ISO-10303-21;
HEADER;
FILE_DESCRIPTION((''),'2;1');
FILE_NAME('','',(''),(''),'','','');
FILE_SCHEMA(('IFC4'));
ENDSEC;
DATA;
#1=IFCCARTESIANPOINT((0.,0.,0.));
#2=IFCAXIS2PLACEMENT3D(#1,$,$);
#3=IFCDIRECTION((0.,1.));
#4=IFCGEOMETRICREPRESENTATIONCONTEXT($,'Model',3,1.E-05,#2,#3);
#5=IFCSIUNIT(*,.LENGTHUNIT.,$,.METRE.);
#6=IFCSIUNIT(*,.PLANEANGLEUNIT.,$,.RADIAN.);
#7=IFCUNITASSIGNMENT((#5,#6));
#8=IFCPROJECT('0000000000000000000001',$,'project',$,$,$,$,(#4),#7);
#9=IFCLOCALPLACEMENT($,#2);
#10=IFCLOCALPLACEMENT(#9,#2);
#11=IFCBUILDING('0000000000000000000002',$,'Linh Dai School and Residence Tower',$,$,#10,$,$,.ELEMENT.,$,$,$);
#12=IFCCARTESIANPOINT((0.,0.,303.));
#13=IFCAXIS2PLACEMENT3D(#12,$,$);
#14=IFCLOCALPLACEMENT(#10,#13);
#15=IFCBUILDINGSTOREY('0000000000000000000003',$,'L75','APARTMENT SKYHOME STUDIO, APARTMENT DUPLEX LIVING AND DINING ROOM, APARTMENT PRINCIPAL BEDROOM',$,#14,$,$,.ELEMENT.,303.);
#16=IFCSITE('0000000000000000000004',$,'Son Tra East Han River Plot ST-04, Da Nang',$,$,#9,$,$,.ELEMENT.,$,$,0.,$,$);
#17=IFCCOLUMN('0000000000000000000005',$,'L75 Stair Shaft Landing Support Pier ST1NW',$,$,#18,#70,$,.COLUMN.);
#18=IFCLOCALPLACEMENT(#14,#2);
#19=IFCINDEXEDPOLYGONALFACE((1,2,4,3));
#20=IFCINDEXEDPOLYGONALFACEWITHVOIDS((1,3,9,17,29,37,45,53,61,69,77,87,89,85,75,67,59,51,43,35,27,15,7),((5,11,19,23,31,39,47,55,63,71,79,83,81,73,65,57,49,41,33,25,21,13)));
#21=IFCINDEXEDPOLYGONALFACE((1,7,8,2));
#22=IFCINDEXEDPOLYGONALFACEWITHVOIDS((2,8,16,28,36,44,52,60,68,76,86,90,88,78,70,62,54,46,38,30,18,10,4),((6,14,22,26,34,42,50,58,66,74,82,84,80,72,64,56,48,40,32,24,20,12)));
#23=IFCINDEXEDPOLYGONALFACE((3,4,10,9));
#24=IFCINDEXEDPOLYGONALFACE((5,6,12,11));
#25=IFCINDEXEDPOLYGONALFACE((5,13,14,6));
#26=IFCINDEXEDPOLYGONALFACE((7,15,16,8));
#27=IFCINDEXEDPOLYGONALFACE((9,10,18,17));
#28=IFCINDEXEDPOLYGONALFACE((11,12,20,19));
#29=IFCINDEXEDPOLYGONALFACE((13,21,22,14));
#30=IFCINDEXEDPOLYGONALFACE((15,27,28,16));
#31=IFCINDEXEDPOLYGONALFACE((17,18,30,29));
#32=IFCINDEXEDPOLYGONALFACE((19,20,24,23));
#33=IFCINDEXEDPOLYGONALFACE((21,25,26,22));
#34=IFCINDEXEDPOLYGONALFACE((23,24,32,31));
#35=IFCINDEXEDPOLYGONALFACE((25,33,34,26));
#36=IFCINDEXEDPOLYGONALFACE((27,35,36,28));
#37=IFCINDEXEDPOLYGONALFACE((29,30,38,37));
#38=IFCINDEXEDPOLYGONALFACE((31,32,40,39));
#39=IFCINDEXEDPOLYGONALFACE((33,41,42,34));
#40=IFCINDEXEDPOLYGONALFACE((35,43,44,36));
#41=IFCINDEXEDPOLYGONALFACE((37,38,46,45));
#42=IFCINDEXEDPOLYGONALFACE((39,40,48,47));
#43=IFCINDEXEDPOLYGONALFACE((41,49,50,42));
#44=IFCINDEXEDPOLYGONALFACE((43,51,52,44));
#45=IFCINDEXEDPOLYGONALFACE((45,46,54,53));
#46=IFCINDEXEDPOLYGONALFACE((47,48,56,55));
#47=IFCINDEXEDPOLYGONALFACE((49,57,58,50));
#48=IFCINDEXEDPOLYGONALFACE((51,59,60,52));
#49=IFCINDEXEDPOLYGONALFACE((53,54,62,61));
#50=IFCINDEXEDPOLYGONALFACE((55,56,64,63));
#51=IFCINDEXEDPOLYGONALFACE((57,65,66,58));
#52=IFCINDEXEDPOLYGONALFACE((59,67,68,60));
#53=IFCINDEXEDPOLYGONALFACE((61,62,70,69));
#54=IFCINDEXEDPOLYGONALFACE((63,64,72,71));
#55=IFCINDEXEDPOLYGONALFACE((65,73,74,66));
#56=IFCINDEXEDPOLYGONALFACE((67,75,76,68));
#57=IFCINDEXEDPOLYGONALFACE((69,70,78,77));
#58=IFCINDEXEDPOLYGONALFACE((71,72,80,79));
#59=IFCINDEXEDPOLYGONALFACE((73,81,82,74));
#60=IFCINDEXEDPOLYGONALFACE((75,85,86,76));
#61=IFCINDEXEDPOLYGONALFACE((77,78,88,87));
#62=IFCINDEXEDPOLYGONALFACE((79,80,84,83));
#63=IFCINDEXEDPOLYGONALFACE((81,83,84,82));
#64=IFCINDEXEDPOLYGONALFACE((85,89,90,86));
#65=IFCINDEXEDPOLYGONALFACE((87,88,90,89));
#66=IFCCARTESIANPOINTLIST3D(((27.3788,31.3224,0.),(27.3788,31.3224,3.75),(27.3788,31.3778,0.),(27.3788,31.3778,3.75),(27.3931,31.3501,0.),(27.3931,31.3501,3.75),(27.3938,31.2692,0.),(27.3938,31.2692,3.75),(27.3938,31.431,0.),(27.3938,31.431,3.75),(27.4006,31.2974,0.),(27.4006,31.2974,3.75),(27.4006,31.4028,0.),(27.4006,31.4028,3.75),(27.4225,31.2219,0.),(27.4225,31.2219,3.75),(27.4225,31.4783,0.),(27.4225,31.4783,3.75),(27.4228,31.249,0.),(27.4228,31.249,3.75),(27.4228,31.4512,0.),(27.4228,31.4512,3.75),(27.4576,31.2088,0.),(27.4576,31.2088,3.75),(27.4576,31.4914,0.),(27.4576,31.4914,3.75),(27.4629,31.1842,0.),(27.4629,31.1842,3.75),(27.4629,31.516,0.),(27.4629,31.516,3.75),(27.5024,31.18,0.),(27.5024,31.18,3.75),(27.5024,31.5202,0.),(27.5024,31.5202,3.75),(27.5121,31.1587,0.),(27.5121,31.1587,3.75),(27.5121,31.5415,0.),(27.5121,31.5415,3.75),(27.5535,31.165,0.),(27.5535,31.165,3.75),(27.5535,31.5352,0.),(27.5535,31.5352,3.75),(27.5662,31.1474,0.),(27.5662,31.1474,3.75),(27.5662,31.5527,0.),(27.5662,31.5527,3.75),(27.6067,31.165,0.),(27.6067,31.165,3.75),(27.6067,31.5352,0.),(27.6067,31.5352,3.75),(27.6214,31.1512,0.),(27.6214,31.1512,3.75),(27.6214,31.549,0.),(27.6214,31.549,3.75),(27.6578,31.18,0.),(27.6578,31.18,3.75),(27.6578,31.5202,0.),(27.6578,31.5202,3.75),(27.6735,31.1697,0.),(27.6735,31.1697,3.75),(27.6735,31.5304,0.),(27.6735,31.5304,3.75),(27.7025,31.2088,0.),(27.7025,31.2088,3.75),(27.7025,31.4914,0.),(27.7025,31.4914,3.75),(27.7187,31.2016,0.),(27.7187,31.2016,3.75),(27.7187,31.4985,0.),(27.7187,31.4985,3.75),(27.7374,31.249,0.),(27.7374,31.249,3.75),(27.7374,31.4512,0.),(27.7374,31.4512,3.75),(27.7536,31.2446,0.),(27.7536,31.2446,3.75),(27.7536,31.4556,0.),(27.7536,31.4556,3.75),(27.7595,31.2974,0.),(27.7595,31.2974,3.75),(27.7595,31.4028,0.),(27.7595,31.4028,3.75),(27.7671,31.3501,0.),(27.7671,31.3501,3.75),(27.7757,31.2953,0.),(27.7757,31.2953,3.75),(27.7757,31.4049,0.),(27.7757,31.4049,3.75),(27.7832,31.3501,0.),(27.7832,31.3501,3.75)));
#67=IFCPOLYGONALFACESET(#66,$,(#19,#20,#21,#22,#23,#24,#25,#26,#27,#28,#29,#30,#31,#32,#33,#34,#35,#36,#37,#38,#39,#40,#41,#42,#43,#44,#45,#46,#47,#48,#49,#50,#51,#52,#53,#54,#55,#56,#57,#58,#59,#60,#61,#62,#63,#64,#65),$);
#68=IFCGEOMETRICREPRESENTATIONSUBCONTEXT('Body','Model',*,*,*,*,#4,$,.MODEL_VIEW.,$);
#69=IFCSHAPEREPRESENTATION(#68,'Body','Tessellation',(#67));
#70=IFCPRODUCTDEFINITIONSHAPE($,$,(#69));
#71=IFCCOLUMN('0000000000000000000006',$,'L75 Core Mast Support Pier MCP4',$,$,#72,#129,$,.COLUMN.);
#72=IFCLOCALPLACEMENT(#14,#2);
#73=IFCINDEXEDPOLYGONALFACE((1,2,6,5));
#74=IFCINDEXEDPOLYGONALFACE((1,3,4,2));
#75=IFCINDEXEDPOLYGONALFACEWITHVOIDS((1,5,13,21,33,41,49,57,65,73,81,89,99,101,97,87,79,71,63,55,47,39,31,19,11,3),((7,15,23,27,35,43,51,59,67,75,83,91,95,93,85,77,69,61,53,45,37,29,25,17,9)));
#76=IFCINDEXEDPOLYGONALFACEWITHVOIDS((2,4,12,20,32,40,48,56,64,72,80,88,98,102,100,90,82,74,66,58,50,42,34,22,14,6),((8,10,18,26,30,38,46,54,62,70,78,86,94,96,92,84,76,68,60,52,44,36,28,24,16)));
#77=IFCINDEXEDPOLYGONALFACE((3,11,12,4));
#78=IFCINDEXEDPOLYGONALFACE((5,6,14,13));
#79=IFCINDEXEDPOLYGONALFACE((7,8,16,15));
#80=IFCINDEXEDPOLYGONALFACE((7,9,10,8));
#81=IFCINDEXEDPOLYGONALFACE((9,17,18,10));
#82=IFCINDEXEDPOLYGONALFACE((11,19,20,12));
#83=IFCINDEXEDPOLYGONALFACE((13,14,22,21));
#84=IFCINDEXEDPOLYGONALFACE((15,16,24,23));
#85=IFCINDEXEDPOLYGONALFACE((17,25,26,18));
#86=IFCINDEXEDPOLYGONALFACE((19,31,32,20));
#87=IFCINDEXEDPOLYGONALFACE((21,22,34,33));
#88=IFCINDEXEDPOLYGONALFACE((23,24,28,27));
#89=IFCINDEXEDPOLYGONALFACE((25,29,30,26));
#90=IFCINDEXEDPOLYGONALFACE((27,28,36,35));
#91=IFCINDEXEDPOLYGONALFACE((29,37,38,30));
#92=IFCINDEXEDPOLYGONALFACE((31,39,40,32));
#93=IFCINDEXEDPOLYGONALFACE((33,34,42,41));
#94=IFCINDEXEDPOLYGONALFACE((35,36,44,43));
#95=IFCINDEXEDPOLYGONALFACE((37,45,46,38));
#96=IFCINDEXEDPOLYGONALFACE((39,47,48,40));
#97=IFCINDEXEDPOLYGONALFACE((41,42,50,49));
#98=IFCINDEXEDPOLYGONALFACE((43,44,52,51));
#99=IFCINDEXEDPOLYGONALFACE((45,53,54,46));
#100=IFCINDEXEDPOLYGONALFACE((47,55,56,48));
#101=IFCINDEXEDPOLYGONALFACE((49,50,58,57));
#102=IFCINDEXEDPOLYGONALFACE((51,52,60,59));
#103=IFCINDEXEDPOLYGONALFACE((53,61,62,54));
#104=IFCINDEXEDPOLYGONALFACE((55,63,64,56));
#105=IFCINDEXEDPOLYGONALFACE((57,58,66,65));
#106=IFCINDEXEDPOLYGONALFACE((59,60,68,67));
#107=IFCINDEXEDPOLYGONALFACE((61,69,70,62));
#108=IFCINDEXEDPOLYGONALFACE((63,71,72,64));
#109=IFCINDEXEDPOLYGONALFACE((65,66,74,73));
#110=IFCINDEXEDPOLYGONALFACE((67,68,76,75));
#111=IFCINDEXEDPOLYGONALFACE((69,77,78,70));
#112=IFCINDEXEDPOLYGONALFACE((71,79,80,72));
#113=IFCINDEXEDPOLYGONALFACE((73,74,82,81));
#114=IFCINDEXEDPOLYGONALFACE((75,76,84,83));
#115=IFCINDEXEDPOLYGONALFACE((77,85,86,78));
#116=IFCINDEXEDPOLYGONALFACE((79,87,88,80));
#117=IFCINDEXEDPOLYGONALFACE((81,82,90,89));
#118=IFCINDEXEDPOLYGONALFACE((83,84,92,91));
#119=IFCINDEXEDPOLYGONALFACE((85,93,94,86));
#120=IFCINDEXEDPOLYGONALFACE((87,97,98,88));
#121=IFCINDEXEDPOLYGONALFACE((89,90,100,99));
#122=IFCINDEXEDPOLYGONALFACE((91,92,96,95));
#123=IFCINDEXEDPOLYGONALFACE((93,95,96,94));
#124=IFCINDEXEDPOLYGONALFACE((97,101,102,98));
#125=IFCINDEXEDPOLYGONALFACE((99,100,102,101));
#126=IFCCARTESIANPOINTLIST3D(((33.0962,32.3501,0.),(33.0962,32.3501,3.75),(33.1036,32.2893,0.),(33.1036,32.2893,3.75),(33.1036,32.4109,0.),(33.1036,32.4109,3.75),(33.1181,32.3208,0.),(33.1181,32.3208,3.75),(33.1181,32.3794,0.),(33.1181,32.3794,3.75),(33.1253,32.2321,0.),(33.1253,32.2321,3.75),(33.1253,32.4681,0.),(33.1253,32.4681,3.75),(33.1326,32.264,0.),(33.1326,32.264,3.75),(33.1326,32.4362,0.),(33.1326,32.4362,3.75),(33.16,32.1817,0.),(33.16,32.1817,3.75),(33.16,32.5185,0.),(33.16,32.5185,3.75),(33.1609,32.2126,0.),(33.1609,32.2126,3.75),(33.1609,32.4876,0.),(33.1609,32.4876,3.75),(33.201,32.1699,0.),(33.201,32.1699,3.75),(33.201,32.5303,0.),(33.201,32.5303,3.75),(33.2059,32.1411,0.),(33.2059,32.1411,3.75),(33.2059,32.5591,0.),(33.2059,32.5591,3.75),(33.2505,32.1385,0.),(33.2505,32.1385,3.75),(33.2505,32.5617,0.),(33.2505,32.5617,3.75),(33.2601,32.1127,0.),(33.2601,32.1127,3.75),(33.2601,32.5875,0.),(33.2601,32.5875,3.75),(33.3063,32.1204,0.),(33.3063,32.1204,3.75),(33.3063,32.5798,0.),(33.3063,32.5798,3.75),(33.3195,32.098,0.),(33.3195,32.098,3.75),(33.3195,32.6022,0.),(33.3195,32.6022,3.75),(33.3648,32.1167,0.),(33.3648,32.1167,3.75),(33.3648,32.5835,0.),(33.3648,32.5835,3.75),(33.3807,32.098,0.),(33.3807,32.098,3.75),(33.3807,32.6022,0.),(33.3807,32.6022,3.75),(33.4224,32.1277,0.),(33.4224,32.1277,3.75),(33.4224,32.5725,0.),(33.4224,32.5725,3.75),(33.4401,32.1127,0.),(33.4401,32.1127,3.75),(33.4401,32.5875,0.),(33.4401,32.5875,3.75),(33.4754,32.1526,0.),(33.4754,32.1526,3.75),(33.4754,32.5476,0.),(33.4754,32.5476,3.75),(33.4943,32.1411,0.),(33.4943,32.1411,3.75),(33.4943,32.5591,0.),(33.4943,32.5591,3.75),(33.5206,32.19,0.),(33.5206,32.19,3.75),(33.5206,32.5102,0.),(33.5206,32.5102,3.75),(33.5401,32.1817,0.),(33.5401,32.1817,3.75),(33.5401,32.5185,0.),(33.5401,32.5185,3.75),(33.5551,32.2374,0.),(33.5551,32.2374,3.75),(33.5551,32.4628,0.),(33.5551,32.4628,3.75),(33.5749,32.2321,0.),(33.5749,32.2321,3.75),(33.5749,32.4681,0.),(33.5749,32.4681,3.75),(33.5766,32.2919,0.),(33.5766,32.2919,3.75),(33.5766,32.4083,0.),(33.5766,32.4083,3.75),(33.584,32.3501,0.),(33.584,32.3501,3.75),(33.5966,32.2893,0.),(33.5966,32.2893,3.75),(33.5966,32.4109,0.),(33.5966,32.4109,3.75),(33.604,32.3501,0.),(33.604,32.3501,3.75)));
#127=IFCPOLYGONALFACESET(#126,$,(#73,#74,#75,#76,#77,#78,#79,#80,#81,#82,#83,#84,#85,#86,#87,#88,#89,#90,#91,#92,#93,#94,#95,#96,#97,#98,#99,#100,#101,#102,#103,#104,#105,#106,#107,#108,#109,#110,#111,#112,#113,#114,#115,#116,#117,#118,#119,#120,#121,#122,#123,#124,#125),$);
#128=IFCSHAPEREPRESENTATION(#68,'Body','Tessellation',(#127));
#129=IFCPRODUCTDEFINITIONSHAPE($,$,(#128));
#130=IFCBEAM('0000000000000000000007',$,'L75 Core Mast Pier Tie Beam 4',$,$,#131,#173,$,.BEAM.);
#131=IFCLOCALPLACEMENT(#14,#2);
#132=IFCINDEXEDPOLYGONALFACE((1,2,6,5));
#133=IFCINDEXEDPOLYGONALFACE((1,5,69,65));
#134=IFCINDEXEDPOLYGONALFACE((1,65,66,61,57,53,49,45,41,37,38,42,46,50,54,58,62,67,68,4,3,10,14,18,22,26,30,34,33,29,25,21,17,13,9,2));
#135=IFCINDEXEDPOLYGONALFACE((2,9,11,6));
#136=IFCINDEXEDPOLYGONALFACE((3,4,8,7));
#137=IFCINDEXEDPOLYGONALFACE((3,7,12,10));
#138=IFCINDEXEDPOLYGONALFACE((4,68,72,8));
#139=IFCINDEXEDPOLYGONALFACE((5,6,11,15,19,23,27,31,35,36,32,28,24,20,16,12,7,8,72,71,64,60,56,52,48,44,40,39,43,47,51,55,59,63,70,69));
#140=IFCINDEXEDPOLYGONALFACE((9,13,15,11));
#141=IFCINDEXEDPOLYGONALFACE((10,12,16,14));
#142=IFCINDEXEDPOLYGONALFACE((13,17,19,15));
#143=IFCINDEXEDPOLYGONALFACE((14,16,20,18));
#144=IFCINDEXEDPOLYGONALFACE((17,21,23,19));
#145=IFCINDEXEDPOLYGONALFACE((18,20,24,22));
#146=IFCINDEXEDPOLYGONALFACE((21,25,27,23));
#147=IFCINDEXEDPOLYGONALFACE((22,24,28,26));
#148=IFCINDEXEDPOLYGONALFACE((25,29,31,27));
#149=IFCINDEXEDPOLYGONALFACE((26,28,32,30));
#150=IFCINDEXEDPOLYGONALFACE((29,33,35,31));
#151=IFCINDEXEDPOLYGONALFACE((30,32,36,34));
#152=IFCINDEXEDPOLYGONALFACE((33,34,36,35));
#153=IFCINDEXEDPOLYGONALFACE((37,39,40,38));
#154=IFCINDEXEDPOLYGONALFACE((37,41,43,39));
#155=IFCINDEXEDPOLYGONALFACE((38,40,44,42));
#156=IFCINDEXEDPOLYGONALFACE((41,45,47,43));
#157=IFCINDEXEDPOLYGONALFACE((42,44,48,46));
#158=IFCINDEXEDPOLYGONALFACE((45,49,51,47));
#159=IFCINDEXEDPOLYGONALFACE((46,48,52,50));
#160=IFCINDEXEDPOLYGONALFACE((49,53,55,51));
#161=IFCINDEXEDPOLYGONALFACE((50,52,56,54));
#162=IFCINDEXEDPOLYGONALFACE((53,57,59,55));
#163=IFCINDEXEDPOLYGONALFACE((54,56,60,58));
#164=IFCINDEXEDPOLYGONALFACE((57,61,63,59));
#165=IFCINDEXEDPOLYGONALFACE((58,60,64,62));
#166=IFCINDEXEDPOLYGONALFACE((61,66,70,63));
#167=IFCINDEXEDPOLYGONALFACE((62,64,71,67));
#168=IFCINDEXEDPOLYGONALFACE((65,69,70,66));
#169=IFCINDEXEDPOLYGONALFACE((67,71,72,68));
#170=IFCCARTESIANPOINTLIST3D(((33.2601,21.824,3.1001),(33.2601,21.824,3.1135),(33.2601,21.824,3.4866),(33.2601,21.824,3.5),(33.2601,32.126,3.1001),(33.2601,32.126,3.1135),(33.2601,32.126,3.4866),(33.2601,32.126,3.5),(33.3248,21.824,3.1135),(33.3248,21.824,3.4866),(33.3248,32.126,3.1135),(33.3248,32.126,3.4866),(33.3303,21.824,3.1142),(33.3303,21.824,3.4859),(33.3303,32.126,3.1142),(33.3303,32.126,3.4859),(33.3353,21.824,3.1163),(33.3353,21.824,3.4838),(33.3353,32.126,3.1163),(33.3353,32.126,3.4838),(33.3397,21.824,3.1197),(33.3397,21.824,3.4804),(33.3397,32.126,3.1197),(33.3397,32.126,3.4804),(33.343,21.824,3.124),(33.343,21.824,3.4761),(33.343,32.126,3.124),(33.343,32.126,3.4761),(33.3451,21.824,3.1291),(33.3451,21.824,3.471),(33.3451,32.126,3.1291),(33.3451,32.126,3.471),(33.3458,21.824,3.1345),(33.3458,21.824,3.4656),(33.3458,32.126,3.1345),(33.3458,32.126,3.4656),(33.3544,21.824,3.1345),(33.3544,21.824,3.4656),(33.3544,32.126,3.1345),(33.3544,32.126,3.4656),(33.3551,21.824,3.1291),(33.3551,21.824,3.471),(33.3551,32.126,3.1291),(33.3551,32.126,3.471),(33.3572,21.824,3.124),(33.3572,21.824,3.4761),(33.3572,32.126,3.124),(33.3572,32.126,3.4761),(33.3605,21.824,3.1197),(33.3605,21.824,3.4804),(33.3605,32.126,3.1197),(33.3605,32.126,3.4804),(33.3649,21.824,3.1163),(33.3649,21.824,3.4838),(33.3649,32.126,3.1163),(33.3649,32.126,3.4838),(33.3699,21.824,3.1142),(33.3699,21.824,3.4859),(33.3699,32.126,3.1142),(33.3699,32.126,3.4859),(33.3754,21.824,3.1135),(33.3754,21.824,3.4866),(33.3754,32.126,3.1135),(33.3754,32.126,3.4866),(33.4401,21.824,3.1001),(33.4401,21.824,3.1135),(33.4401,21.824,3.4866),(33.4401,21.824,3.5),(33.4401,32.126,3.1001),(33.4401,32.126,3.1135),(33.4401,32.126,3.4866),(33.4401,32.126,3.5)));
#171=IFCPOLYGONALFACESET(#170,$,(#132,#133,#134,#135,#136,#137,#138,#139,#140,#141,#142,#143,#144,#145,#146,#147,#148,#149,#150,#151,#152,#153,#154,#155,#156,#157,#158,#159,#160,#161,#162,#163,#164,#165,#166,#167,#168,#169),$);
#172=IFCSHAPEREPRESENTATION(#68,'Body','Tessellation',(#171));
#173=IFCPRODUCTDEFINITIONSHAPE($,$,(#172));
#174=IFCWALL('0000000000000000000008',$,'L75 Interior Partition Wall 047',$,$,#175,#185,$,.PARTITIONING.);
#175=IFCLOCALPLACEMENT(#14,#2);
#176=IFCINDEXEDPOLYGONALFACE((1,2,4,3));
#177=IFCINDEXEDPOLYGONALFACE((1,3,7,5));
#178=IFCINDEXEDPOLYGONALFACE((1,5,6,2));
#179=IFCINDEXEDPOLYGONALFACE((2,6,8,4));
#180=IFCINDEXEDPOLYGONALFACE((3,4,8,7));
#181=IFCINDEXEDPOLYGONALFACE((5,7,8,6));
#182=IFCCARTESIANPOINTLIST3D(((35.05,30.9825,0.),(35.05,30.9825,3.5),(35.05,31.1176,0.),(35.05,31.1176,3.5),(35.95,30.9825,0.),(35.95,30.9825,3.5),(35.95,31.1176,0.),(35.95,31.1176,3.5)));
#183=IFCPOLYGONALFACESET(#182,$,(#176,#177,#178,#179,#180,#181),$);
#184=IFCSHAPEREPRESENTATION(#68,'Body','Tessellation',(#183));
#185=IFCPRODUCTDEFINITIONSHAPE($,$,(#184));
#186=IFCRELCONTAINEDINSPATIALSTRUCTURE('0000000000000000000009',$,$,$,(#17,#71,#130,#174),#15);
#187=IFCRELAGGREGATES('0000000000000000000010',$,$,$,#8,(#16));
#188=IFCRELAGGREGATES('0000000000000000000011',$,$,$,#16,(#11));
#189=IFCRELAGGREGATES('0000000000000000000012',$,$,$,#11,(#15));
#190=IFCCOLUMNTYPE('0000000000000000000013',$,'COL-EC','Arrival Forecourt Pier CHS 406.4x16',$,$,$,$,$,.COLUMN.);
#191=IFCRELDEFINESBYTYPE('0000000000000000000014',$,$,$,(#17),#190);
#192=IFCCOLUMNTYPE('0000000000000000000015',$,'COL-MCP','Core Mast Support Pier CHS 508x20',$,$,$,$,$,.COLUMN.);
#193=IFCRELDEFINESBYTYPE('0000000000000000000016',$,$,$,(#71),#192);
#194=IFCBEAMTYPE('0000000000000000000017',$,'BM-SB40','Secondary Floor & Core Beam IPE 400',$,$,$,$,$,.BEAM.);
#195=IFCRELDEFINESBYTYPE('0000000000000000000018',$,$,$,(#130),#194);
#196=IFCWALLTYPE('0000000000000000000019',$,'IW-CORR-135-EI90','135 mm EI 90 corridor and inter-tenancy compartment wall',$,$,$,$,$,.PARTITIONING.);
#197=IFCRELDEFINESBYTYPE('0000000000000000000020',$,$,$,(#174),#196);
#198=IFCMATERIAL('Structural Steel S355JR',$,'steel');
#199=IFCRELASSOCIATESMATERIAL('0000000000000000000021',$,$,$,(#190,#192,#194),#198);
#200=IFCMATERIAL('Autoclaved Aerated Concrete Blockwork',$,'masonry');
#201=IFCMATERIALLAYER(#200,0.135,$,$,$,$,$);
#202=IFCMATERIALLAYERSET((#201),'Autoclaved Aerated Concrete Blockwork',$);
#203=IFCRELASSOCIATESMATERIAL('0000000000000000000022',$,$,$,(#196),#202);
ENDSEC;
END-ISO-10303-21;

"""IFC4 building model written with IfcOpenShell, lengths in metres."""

from ifc_helpers import new_model, si_unit, direction, frame, frame_2d, origin, origin_2d, place, context, subcontext, project, spatial, rectangle, hollow_circle, i_section, extrude, material, layer, layer_set, material_profile, profile_set, type_object, element, save


model = new_model("IFC4")

# Units and contexts
model_context = context("Model", 3, precision=1e-05, world=origin(), true_north=direction((0.0, 1.0)))
body_context = subcontext(model_context, "Body", "Model", "MODEL_VIEW")
ifc_project = project(units=[si_unit("LENGTHUNIT", "METRE"), si_unit("PLANEANGLEUNIT", "RADIAN")], contexts=[model_context])

# Site, building, storey
site_placement = place(None, origin())
site = spatial("IfcSite", under=ifc_project, at=site_placement, Name="Son Tra East Han River Plot ST-04, Da Nang", CompositionType="ELEMENT", RefElevation=0.0)
building_placement = place(site_placement, origin())
building = spatial("IfcBuilding", under=site, at=building_placement, Name="Linh Dai School and Residence Tower", CompositionType="ELEMENT")
storey_placement = place(building_placement, frame((0.0, 0.0, 303.0)))
storey = spatial("IfcBuildingStorey", under=building, at=storey_placement, Name="L75", Description="APARTMENT SKYHOME STUDIO, APARTMENT DUPLEX LIVING AND DINING ROOM, APARTMENT PRINCIPAL BEDROOM", CompositionType="ELEMENT", Elevation=303.0)

# Columns
ifc_material_1 = material(Name="Structural Steel S355JR", Category="steel")
ifc_material_profile_1 = material_profile(ifc_material_1, hollow_circle(Radius=0.2031, WallThickness=0.0161, at=origin_2d()), Name="CHS 406.4x16")
ifc_profile_set_1 = profile_set([ifc_material_profile_1], Name="Structural Steel S355JR")
column_type_1 = type_object("IfcColumnType", Name="COL-EC", Description="Arrival Forecourt Pier CHS 406.4x16", PredefinedType="COLUMN", material=ifc_profile_set_1)
column_1_placement = place(storey_placement, frame((27.5801, 31.3501, 0.0), z_axis=(0.0, 0.0, 1.0), x_axis=(1.0, 0.0, 0.0)))
element("IfcColumn", 1, at=column_1_placement, inside=storey, type_object=column_type_1, Name="L75 Stair Shaft Landing Support Pier ST1NW", PredefinedType="COLUMN", context=body_context, shape_type="SweptSolid", body=[
    extrude(hollow_circle(Radius=0.2031, WallThickness=0.0161, at=origin_2d()), origin(), (0.0, 0.0, 1.0), 3.75),
])
ifc_material_profile_2 = material_profile(ifc_material_1, hollow_circle(Radius=0.2539, WallThickness=0.02, at=origin_2d()), Name="CHS 508x20")
ifc_profile_set_2 = profile_set([ifc_material_profile_2], Name="Structural Steel S355JR")
column_type_2 = type_object("IfcColumnType", Name="COL-MCP", Description="Core Mast Support Pier CHS 508x20", PredefinedType="COLUMN", material=ifc_profile_set_2)
column_2_placement = place(storey_placement, frame((33.3501, 32.3501, 0.0), z_axis=(0.0, 0.0, 1.0), x_axis=(1.0, 0.0, 0.0)))
element("IfcColumn", 2, at=column_2_placement, inside=storey, type_object=column_type_2, Name="L75 Core Mast Support Pier MCP4", PredefinedType="COLUMN", context=body_context, shape_type="SweptSolid", body=[
    extrude(hollow_circle(Radius=0.2539, WallThickness=0.02, at=origin_2d()), origin(), (0.0, 0.0, 1.0), 3.75),
])

# Beam
ifc_material_profile_3 = material_profile(ifc_material_1, i_section(OverallWidth=0.1799, OverallDepth=0.3999, WebThickness=0.0085, FlangeThickness=0.0134, FilletRadius=0.021, at=origin_2d()), Name="IPE 400")
ifc_profile_set_3 = profile_set([ifc_material_profile_3], Name="Structural Steel S355JR")
beam_type = type_object("IfcBeamType", Name="BM-SB40", Description="Secondary Floor & Core Beam IPE 400", PredefinedType="BEAM", material=ifc_profile_set_3)
beam_placement = place(storey_placement, frame((33.3501, 32.126, 3.3), z_axis=(0.0, -1.0, 0.0), x_axis=(1.0, 0.0, 0.0)))
element("IfcBeam", 3, at=beam_placement, inside=storey, type_object=beam_type, Name="L75 Core Mast Pier Tie Beam 4", PredefinedType="BEAM", context=body_context, shape_type="SweptSolid", body=[
    extrude(i_section(OverallWidth=0.1799, OverallDepth=0.3999, WebThickness=0.0085, FlangeThickness=0.0134, FilletRadius=0.021, at=origin_2d()), origin(), (0.0, 0.0, 1.0), 10.302),
])

# Shared definitions
ifc_material_2 = material(Name="Autoclaved Aerated Concrete Blockwork", Category="masonry")
ifc_layer_1 = layer(ifc_material_2, 0.135)
ifc_layer_set_1 = layer_set([ifc_layer_1], Name="Autoclaved Aerated Concrete Blockwork")
wall_type_1 = type_object("IfcWallType", Name="IW-CORR-135-EI90", Description="135 mm EI 90 corridor and inter-tenancy compartment wall", PredefinedType="PARTITIONING", material=ifc_layer_set_1)

# Wall
wall_1_placement = place(storey_placement, frame((35.05, 31.05, 0.0), z_axis=(0.0, 0.0, 1.0), x_axis=(1.0, 0.0, 0.0)))
element("IfcWall", 4, at=wall_1_placement, inside=storey, type_object=wall_type_1, Name="L75 Interior Partition Wall 047", PredefinedType="PARTITIONING", context=body_context, shape_type="SweptSolid", body=[
    extrude(rectangle(XDim=0.8999, YDim=0.135, at=frame_2d((0.45, 0.0))), origin(), (0.0, 0.0, 1.0), 3.5),
])

save(model, "model.ifc")
